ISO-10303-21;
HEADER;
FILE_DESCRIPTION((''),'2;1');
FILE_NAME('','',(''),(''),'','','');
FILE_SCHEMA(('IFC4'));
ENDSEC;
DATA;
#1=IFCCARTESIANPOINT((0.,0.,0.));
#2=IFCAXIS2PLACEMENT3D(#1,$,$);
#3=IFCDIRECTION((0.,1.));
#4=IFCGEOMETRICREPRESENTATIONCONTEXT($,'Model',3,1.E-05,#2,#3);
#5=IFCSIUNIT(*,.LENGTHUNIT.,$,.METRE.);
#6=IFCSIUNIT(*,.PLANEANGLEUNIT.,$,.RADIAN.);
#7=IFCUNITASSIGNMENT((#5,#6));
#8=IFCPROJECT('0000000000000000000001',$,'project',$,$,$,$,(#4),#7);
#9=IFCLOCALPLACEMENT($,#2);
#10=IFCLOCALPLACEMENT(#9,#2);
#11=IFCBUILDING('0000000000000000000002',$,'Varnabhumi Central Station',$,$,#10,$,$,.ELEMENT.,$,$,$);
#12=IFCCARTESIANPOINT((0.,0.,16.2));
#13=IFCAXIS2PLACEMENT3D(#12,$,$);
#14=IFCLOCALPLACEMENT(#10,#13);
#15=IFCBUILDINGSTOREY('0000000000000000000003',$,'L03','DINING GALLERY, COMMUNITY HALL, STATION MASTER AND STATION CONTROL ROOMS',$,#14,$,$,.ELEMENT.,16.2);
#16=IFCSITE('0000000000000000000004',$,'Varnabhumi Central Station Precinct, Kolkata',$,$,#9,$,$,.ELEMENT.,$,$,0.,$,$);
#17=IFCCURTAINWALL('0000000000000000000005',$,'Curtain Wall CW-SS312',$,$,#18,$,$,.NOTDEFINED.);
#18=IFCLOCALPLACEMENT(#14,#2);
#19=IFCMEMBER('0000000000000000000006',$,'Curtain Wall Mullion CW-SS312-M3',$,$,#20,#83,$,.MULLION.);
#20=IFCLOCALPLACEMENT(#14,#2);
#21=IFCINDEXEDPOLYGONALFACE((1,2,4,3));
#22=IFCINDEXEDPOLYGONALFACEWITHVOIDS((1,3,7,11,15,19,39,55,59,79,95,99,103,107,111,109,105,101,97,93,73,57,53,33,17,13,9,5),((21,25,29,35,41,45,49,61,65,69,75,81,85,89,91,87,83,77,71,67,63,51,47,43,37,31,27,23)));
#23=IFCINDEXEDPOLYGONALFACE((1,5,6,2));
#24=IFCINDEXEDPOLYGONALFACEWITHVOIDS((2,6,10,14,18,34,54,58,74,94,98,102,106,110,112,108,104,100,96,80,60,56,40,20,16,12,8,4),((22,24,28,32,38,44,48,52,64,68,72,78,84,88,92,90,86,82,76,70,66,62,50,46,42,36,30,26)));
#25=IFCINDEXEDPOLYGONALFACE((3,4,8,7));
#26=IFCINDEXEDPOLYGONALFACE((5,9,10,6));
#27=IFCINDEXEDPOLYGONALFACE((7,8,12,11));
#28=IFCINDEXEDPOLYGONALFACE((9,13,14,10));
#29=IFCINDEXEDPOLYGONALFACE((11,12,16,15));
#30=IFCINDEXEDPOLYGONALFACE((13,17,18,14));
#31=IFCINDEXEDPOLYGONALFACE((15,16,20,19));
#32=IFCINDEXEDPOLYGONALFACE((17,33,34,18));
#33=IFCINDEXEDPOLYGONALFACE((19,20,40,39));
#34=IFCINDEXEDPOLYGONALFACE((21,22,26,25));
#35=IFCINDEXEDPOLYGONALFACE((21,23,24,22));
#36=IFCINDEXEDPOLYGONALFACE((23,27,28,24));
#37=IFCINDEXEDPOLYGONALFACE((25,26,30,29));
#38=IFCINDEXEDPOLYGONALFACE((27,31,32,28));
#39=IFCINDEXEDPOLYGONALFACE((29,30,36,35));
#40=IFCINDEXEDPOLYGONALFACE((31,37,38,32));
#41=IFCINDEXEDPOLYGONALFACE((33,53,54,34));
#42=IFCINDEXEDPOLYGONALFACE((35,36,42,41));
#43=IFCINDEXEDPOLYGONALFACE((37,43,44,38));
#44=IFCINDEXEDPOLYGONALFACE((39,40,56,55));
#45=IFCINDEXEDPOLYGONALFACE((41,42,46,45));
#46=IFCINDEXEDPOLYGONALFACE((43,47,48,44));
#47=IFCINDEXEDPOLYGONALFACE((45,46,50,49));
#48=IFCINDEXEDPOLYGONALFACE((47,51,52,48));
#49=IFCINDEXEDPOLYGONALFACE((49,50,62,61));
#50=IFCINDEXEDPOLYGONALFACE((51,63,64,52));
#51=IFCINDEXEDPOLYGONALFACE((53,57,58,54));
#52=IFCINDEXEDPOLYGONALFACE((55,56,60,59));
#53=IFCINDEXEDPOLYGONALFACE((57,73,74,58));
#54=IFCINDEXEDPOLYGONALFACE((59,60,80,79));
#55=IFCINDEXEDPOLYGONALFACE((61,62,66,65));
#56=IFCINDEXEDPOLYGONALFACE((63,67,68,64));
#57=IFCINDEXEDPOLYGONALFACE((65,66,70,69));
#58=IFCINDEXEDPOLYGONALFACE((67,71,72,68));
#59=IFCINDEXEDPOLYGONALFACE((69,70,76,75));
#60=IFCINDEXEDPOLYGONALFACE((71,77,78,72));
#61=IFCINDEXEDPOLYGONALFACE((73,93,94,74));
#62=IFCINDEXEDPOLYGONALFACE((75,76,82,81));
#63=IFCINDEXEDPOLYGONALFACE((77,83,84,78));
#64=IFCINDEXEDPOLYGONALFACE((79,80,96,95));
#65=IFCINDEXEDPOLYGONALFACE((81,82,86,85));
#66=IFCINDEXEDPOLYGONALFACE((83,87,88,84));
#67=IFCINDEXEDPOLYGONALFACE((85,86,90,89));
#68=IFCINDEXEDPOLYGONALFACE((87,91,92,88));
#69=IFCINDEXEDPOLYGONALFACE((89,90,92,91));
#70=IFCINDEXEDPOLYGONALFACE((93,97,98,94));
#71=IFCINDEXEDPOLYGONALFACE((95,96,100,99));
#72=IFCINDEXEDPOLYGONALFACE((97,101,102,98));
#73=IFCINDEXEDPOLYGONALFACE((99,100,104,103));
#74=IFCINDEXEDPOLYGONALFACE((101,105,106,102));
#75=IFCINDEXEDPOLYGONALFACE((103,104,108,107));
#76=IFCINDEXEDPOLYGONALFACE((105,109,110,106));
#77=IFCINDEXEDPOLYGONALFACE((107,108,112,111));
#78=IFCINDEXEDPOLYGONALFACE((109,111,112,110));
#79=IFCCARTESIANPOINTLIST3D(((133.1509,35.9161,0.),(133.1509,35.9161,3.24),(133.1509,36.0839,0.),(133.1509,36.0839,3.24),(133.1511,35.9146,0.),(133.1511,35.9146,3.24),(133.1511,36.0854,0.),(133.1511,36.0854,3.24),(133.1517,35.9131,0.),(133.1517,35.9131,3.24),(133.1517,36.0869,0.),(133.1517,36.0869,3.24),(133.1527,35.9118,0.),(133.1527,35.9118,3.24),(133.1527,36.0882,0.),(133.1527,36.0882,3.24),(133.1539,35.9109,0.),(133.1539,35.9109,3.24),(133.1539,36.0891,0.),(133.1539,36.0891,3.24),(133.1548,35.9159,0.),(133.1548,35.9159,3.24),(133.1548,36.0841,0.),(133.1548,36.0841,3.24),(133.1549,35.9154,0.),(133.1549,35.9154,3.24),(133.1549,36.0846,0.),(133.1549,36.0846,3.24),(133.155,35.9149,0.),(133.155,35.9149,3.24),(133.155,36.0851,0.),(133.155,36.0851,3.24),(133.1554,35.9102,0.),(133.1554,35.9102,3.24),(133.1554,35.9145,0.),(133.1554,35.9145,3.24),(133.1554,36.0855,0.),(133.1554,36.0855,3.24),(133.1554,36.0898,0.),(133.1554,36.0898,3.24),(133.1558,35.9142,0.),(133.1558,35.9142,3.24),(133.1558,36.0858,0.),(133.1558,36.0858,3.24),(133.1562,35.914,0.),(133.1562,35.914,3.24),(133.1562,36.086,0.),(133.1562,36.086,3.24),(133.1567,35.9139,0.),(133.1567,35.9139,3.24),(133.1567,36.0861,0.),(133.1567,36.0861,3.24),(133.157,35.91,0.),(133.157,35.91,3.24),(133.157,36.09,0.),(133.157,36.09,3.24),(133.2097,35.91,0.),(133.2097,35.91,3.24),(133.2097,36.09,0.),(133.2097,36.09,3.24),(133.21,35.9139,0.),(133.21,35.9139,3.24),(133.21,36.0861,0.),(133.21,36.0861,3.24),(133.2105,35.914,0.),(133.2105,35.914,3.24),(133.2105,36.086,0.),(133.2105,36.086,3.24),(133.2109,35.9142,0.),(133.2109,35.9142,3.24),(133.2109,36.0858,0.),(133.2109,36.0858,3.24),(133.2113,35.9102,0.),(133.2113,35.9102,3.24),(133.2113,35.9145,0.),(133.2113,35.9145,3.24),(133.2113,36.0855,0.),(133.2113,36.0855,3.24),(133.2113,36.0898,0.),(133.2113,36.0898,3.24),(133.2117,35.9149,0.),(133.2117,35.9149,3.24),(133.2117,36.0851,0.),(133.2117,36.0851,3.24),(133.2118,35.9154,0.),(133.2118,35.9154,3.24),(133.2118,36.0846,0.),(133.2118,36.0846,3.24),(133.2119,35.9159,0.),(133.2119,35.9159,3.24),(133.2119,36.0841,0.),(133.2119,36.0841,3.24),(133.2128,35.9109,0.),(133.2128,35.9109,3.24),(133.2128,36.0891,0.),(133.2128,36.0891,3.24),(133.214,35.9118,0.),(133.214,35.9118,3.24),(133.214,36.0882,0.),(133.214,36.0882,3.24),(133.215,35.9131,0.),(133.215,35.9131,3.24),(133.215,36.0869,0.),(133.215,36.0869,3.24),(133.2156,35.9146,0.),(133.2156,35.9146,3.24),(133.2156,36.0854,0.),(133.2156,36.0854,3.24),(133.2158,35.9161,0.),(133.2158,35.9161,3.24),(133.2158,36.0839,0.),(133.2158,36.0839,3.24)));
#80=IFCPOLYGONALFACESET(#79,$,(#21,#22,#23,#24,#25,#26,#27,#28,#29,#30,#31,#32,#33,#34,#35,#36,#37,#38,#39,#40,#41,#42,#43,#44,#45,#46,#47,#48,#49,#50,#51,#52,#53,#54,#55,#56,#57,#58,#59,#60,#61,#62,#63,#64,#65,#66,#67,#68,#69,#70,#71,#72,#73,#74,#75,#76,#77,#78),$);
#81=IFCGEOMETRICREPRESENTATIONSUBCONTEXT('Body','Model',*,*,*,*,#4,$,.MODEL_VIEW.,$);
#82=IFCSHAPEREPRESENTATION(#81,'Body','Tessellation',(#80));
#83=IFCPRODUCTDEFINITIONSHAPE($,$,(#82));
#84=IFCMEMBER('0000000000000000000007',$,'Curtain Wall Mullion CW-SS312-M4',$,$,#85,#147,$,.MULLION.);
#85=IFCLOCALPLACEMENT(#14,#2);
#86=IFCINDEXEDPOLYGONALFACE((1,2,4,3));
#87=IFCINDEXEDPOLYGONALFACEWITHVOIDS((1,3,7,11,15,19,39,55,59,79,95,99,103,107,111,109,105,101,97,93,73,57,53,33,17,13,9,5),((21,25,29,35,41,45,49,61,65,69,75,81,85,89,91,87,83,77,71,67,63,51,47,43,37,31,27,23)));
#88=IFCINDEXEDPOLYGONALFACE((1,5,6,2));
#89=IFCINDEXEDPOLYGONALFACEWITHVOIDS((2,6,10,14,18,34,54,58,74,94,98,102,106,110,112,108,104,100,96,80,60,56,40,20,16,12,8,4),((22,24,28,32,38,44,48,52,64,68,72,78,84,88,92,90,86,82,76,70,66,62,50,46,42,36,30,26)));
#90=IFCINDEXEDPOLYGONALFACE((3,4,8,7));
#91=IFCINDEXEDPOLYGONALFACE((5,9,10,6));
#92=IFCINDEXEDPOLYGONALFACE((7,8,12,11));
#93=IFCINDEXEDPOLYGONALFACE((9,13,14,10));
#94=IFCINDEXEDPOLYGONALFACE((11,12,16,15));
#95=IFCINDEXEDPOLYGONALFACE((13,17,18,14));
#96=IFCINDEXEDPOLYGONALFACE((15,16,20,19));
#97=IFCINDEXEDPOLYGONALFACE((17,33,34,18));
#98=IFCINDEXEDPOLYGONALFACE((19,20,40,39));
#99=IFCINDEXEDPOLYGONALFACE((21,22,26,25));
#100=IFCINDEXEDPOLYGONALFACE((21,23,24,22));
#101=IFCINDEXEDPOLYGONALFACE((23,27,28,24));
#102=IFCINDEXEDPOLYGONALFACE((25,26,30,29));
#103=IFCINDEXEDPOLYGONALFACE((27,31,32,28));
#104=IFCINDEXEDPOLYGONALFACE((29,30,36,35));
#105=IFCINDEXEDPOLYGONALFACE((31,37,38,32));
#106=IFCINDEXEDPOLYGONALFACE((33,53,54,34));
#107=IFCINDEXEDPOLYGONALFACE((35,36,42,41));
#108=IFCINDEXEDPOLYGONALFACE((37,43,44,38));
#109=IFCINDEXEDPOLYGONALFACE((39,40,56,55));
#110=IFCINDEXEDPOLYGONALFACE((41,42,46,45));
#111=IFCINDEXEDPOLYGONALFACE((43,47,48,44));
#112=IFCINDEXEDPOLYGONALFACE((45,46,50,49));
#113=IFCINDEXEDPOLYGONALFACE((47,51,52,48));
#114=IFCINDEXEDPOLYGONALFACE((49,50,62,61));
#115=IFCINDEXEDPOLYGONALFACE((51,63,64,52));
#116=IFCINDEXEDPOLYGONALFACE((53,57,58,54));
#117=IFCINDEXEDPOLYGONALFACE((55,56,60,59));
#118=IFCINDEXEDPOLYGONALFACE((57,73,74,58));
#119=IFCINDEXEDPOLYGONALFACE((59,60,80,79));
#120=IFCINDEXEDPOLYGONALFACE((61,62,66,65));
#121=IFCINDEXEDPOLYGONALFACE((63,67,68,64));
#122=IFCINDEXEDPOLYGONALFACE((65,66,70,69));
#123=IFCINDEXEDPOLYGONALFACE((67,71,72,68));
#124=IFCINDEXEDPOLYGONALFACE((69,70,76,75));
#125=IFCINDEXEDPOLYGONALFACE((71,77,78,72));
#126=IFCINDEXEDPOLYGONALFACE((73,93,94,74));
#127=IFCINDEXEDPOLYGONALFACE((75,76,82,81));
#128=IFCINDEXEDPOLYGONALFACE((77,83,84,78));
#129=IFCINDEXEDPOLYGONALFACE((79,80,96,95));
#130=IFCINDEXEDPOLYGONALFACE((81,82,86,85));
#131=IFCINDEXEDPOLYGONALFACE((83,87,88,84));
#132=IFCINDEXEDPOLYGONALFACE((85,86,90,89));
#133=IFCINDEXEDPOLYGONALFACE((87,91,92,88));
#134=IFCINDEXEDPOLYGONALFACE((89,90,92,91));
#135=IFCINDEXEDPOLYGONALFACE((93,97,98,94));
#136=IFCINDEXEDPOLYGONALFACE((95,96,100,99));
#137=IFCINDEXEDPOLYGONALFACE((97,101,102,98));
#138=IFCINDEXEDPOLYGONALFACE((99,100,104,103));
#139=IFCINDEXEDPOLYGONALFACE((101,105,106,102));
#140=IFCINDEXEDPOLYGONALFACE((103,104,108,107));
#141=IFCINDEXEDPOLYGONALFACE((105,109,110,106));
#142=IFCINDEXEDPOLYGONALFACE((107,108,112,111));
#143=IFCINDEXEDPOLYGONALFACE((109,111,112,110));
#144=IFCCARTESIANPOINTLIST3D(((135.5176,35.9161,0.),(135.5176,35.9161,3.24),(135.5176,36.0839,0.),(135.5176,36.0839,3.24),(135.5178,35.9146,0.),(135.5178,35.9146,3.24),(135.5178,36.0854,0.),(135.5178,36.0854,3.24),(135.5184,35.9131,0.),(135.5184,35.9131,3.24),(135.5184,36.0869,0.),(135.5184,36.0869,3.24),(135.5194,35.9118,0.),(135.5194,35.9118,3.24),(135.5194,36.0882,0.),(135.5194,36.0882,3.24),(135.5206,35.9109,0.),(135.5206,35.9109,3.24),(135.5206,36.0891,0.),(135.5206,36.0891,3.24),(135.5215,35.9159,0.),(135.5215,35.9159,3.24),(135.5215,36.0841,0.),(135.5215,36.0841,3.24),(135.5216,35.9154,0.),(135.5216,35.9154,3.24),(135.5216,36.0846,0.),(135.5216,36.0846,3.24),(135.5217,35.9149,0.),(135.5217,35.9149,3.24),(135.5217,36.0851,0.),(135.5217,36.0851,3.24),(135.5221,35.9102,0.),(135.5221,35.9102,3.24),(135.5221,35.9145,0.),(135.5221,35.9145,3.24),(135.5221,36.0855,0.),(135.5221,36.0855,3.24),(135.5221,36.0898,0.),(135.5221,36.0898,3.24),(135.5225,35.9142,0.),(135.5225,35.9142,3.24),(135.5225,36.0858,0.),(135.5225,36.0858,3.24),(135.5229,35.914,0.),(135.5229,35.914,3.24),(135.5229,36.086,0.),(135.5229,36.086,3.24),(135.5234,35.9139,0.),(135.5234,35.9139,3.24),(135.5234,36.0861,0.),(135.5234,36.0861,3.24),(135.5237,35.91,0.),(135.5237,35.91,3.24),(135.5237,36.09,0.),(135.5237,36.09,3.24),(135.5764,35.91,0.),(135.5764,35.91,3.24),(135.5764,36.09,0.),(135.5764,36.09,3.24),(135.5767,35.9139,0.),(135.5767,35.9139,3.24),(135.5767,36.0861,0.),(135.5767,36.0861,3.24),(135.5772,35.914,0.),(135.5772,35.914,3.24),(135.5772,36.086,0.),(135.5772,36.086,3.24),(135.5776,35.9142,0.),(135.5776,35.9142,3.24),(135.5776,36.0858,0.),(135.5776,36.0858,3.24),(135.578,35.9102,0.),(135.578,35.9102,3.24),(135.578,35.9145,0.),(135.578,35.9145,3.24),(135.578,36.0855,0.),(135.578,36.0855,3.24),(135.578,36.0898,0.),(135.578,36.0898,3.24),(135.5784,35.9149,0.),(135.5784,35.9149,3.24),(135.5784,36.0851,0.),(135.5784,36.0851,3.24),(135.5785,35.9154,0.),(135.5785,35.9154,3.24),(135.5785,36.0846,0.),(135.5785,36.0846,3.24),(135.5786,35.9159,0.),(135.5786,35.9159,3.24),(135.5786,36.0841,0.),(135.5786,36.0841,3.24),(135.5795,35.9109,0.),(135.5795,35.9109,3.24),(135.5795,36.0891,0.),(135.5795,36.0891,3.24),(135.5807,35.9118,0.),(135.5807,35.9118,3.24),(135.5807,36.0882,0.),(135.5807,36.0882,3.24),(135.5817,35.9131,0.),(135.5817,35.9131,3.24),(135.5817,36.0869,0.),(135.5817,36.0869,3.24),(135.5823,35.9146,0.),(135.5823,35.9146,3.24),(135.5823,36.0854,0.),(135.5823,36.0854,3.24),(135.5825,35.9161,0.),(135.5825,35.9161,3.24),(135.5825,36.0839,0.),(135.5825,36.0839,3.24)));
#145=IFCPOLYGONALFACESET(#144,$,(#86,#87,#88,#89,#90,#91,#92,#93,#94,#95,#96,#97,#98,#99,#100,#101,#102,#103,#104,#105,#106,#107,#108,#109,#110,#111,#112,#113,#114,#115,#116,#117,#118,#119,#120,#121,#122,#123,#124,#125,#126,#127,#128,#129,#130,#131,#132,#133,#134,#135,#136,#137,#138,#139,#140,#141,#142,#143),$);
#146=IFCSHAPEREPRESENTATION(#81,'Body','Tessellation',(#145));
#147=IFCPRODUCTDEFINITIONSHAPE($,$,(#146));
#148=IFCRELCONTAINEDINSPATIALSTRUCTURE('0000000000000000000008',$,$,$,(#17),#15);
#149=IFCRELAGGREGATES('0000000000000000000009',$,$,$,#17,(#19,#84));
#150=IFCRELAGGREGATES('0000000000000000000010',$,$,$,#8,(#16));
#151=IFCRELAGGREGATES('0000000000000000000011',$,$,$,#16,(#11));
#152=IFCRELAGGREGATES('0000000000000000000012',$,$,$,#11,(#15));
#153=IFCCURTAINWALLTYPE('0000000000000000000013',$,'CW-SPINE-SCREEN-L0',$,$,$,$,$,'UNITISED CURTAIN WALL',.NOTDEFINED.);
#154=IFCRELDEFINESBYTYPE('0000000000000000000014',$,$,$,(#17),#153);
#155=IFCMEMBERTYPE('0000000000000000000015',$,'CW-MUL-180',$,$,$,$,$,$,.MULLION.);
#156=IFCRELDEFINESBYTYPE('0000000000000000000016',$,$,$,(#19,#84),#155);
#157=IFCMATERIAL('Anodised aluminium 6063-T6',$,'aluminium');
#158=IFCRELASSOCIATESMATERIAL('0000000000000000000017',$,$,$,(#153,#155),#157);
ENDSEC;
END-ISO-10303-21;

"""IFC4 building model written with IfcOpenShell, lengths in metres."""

from ifc_helpers import new_model, si_unit, direction, frame, origin, origin_2d, place, context, subcontext, project, spatial, hollow_rectangle, extrude, material, material_profile, profile_set, type_object, element, aggregate, save


model = new_model("IFC4")

# Units and contexts
model_context = context("Model", 3, precision=1e-05, world=origin(), true_north=direction((0.0, 1.0)))
body_context = subcontext(model_context, "Body", "Model", "MODEL_VIEW")
ifc_project = project(units=[si_unit("LENGTHUNIT", "METRE"), si_unit("PLANEANGLEUNIT", "RADIAN")], contexts=[model_context])

# Site, building, storey
site_placement = place(None, origin())
site = spatial("IfcSite", under=ifc_project, at=site_placement, Name="Varnabhumi Central Station Precinct, Kolkata", CompositionType="ELEMENT", RefElevation=0.0)
building_placement = place(site_placement, origin())
building = spatial("IfcBuilding", under=site, at=building_placement, Name="Varnabhumi Central Station", CompositionType="ELEMENT")
storey_placement = place(building_placement, frame((0.0, 0.0, 16.2)))
storey = spatial("IfcBuildingStorey", under=building, at=storey_placement, Name="L03", Description="DINING GALLERY, COMMUNITY HALL, STATION MASTER AND STATION CONTROL ROOMS", CompositionType="ELEMENT", Elevation=16.2)

# Curtain wall, members
ifc_material_1 = material(Name="Anodised aluminium 6063-T6", Category="aluminium")
curtain_wall_type_1 = type_object("IfcCurtainWallType", Name="CW-SPINE-SCREEN-L0", ElementType="UNITISED CURTAIN WALL", PredefinedType="NOTDEFINED", material=ifc_material_1)
curtain_wall_1_placement = place(storey_placement, origin())
curtain_wall_1 = element("IfcCurtainWall", 1, at=curtain_wall_1_placement, inside=storey, type_object=curtain_wall_type_1, Name="Curtain Wall CW-SS312", PredefinedType="NOTDEFINED")
ifc_material_profile_1 = material_profile(ifc_material_1, hollow_rectangle(XDim=0.0649, YDim=0.1799, WallThickness=0.0039, InnerFilletRadius=0.002, OuterFilletRadius=0.0061, at=origin_2d()), Name="Anodised aluminium 6063-T6", Category="aluminium")
ifc_profile_set_1 = profile_set([ifc_material_profile_1], Name="Anodised aluminium 6063-T6")
member_type_1 = type_object("IfcMemberType", Name="CW-MUL-180", PredefinedType="MULLION", material=ifc_profile_set_1)
member_1_placement = place(storey_placement, frame((133.1833, 36.0, 0.0), z_axis=(0.0, 0.0, 1.0), x_axis=(1.0, 0.0, 0.0)))
member_1 = element("IfcMember", 2, at=member_1_placement, type_object=member_type_1, Name="Curtain Wall Mullion CW-SS312-M3", PredefinedType="MULLION", context=body_context, shape_type="SweptSolid", body=[
    extrude(hollow_rectangle(XDim=0.0649, YDim=0.1799, WallThickness=0.0039, InnerFilletRadius=0.002, OuterFilletRadius=0.0061, at=origin_2d()), origin(), (0.0, 0.0, 1.0), 3.24),
])
member_2_placement = place(storey_placement, frame((135.55, 36.0, 0.0), z_axis=(0.0, 0.0, 1.0), x_axis=(1.0, 0.0, 0.0)))
member_2 = element("IfcMember", 3, at=member_2_placement, type_object=member_type_1, Name="Curtain Wall Mullion CW-SS312-M4", PredefinedType="MULLION", context=body_context, shape_type="SweptSolid", body=[
    extrude(hollow_rectangle(XDim=0.0649, YDim=0.1799, WallThickness=0.0039, InnerFilletRadius=0.002, OuterFilletRadius=0.0061, at=origin_2d()), origin(), (0.0, 0.0, 1.0), 3.24),
])

aggregate(curtain_wall_1, [member_1, member_2])

save(model, "model.ifc")
